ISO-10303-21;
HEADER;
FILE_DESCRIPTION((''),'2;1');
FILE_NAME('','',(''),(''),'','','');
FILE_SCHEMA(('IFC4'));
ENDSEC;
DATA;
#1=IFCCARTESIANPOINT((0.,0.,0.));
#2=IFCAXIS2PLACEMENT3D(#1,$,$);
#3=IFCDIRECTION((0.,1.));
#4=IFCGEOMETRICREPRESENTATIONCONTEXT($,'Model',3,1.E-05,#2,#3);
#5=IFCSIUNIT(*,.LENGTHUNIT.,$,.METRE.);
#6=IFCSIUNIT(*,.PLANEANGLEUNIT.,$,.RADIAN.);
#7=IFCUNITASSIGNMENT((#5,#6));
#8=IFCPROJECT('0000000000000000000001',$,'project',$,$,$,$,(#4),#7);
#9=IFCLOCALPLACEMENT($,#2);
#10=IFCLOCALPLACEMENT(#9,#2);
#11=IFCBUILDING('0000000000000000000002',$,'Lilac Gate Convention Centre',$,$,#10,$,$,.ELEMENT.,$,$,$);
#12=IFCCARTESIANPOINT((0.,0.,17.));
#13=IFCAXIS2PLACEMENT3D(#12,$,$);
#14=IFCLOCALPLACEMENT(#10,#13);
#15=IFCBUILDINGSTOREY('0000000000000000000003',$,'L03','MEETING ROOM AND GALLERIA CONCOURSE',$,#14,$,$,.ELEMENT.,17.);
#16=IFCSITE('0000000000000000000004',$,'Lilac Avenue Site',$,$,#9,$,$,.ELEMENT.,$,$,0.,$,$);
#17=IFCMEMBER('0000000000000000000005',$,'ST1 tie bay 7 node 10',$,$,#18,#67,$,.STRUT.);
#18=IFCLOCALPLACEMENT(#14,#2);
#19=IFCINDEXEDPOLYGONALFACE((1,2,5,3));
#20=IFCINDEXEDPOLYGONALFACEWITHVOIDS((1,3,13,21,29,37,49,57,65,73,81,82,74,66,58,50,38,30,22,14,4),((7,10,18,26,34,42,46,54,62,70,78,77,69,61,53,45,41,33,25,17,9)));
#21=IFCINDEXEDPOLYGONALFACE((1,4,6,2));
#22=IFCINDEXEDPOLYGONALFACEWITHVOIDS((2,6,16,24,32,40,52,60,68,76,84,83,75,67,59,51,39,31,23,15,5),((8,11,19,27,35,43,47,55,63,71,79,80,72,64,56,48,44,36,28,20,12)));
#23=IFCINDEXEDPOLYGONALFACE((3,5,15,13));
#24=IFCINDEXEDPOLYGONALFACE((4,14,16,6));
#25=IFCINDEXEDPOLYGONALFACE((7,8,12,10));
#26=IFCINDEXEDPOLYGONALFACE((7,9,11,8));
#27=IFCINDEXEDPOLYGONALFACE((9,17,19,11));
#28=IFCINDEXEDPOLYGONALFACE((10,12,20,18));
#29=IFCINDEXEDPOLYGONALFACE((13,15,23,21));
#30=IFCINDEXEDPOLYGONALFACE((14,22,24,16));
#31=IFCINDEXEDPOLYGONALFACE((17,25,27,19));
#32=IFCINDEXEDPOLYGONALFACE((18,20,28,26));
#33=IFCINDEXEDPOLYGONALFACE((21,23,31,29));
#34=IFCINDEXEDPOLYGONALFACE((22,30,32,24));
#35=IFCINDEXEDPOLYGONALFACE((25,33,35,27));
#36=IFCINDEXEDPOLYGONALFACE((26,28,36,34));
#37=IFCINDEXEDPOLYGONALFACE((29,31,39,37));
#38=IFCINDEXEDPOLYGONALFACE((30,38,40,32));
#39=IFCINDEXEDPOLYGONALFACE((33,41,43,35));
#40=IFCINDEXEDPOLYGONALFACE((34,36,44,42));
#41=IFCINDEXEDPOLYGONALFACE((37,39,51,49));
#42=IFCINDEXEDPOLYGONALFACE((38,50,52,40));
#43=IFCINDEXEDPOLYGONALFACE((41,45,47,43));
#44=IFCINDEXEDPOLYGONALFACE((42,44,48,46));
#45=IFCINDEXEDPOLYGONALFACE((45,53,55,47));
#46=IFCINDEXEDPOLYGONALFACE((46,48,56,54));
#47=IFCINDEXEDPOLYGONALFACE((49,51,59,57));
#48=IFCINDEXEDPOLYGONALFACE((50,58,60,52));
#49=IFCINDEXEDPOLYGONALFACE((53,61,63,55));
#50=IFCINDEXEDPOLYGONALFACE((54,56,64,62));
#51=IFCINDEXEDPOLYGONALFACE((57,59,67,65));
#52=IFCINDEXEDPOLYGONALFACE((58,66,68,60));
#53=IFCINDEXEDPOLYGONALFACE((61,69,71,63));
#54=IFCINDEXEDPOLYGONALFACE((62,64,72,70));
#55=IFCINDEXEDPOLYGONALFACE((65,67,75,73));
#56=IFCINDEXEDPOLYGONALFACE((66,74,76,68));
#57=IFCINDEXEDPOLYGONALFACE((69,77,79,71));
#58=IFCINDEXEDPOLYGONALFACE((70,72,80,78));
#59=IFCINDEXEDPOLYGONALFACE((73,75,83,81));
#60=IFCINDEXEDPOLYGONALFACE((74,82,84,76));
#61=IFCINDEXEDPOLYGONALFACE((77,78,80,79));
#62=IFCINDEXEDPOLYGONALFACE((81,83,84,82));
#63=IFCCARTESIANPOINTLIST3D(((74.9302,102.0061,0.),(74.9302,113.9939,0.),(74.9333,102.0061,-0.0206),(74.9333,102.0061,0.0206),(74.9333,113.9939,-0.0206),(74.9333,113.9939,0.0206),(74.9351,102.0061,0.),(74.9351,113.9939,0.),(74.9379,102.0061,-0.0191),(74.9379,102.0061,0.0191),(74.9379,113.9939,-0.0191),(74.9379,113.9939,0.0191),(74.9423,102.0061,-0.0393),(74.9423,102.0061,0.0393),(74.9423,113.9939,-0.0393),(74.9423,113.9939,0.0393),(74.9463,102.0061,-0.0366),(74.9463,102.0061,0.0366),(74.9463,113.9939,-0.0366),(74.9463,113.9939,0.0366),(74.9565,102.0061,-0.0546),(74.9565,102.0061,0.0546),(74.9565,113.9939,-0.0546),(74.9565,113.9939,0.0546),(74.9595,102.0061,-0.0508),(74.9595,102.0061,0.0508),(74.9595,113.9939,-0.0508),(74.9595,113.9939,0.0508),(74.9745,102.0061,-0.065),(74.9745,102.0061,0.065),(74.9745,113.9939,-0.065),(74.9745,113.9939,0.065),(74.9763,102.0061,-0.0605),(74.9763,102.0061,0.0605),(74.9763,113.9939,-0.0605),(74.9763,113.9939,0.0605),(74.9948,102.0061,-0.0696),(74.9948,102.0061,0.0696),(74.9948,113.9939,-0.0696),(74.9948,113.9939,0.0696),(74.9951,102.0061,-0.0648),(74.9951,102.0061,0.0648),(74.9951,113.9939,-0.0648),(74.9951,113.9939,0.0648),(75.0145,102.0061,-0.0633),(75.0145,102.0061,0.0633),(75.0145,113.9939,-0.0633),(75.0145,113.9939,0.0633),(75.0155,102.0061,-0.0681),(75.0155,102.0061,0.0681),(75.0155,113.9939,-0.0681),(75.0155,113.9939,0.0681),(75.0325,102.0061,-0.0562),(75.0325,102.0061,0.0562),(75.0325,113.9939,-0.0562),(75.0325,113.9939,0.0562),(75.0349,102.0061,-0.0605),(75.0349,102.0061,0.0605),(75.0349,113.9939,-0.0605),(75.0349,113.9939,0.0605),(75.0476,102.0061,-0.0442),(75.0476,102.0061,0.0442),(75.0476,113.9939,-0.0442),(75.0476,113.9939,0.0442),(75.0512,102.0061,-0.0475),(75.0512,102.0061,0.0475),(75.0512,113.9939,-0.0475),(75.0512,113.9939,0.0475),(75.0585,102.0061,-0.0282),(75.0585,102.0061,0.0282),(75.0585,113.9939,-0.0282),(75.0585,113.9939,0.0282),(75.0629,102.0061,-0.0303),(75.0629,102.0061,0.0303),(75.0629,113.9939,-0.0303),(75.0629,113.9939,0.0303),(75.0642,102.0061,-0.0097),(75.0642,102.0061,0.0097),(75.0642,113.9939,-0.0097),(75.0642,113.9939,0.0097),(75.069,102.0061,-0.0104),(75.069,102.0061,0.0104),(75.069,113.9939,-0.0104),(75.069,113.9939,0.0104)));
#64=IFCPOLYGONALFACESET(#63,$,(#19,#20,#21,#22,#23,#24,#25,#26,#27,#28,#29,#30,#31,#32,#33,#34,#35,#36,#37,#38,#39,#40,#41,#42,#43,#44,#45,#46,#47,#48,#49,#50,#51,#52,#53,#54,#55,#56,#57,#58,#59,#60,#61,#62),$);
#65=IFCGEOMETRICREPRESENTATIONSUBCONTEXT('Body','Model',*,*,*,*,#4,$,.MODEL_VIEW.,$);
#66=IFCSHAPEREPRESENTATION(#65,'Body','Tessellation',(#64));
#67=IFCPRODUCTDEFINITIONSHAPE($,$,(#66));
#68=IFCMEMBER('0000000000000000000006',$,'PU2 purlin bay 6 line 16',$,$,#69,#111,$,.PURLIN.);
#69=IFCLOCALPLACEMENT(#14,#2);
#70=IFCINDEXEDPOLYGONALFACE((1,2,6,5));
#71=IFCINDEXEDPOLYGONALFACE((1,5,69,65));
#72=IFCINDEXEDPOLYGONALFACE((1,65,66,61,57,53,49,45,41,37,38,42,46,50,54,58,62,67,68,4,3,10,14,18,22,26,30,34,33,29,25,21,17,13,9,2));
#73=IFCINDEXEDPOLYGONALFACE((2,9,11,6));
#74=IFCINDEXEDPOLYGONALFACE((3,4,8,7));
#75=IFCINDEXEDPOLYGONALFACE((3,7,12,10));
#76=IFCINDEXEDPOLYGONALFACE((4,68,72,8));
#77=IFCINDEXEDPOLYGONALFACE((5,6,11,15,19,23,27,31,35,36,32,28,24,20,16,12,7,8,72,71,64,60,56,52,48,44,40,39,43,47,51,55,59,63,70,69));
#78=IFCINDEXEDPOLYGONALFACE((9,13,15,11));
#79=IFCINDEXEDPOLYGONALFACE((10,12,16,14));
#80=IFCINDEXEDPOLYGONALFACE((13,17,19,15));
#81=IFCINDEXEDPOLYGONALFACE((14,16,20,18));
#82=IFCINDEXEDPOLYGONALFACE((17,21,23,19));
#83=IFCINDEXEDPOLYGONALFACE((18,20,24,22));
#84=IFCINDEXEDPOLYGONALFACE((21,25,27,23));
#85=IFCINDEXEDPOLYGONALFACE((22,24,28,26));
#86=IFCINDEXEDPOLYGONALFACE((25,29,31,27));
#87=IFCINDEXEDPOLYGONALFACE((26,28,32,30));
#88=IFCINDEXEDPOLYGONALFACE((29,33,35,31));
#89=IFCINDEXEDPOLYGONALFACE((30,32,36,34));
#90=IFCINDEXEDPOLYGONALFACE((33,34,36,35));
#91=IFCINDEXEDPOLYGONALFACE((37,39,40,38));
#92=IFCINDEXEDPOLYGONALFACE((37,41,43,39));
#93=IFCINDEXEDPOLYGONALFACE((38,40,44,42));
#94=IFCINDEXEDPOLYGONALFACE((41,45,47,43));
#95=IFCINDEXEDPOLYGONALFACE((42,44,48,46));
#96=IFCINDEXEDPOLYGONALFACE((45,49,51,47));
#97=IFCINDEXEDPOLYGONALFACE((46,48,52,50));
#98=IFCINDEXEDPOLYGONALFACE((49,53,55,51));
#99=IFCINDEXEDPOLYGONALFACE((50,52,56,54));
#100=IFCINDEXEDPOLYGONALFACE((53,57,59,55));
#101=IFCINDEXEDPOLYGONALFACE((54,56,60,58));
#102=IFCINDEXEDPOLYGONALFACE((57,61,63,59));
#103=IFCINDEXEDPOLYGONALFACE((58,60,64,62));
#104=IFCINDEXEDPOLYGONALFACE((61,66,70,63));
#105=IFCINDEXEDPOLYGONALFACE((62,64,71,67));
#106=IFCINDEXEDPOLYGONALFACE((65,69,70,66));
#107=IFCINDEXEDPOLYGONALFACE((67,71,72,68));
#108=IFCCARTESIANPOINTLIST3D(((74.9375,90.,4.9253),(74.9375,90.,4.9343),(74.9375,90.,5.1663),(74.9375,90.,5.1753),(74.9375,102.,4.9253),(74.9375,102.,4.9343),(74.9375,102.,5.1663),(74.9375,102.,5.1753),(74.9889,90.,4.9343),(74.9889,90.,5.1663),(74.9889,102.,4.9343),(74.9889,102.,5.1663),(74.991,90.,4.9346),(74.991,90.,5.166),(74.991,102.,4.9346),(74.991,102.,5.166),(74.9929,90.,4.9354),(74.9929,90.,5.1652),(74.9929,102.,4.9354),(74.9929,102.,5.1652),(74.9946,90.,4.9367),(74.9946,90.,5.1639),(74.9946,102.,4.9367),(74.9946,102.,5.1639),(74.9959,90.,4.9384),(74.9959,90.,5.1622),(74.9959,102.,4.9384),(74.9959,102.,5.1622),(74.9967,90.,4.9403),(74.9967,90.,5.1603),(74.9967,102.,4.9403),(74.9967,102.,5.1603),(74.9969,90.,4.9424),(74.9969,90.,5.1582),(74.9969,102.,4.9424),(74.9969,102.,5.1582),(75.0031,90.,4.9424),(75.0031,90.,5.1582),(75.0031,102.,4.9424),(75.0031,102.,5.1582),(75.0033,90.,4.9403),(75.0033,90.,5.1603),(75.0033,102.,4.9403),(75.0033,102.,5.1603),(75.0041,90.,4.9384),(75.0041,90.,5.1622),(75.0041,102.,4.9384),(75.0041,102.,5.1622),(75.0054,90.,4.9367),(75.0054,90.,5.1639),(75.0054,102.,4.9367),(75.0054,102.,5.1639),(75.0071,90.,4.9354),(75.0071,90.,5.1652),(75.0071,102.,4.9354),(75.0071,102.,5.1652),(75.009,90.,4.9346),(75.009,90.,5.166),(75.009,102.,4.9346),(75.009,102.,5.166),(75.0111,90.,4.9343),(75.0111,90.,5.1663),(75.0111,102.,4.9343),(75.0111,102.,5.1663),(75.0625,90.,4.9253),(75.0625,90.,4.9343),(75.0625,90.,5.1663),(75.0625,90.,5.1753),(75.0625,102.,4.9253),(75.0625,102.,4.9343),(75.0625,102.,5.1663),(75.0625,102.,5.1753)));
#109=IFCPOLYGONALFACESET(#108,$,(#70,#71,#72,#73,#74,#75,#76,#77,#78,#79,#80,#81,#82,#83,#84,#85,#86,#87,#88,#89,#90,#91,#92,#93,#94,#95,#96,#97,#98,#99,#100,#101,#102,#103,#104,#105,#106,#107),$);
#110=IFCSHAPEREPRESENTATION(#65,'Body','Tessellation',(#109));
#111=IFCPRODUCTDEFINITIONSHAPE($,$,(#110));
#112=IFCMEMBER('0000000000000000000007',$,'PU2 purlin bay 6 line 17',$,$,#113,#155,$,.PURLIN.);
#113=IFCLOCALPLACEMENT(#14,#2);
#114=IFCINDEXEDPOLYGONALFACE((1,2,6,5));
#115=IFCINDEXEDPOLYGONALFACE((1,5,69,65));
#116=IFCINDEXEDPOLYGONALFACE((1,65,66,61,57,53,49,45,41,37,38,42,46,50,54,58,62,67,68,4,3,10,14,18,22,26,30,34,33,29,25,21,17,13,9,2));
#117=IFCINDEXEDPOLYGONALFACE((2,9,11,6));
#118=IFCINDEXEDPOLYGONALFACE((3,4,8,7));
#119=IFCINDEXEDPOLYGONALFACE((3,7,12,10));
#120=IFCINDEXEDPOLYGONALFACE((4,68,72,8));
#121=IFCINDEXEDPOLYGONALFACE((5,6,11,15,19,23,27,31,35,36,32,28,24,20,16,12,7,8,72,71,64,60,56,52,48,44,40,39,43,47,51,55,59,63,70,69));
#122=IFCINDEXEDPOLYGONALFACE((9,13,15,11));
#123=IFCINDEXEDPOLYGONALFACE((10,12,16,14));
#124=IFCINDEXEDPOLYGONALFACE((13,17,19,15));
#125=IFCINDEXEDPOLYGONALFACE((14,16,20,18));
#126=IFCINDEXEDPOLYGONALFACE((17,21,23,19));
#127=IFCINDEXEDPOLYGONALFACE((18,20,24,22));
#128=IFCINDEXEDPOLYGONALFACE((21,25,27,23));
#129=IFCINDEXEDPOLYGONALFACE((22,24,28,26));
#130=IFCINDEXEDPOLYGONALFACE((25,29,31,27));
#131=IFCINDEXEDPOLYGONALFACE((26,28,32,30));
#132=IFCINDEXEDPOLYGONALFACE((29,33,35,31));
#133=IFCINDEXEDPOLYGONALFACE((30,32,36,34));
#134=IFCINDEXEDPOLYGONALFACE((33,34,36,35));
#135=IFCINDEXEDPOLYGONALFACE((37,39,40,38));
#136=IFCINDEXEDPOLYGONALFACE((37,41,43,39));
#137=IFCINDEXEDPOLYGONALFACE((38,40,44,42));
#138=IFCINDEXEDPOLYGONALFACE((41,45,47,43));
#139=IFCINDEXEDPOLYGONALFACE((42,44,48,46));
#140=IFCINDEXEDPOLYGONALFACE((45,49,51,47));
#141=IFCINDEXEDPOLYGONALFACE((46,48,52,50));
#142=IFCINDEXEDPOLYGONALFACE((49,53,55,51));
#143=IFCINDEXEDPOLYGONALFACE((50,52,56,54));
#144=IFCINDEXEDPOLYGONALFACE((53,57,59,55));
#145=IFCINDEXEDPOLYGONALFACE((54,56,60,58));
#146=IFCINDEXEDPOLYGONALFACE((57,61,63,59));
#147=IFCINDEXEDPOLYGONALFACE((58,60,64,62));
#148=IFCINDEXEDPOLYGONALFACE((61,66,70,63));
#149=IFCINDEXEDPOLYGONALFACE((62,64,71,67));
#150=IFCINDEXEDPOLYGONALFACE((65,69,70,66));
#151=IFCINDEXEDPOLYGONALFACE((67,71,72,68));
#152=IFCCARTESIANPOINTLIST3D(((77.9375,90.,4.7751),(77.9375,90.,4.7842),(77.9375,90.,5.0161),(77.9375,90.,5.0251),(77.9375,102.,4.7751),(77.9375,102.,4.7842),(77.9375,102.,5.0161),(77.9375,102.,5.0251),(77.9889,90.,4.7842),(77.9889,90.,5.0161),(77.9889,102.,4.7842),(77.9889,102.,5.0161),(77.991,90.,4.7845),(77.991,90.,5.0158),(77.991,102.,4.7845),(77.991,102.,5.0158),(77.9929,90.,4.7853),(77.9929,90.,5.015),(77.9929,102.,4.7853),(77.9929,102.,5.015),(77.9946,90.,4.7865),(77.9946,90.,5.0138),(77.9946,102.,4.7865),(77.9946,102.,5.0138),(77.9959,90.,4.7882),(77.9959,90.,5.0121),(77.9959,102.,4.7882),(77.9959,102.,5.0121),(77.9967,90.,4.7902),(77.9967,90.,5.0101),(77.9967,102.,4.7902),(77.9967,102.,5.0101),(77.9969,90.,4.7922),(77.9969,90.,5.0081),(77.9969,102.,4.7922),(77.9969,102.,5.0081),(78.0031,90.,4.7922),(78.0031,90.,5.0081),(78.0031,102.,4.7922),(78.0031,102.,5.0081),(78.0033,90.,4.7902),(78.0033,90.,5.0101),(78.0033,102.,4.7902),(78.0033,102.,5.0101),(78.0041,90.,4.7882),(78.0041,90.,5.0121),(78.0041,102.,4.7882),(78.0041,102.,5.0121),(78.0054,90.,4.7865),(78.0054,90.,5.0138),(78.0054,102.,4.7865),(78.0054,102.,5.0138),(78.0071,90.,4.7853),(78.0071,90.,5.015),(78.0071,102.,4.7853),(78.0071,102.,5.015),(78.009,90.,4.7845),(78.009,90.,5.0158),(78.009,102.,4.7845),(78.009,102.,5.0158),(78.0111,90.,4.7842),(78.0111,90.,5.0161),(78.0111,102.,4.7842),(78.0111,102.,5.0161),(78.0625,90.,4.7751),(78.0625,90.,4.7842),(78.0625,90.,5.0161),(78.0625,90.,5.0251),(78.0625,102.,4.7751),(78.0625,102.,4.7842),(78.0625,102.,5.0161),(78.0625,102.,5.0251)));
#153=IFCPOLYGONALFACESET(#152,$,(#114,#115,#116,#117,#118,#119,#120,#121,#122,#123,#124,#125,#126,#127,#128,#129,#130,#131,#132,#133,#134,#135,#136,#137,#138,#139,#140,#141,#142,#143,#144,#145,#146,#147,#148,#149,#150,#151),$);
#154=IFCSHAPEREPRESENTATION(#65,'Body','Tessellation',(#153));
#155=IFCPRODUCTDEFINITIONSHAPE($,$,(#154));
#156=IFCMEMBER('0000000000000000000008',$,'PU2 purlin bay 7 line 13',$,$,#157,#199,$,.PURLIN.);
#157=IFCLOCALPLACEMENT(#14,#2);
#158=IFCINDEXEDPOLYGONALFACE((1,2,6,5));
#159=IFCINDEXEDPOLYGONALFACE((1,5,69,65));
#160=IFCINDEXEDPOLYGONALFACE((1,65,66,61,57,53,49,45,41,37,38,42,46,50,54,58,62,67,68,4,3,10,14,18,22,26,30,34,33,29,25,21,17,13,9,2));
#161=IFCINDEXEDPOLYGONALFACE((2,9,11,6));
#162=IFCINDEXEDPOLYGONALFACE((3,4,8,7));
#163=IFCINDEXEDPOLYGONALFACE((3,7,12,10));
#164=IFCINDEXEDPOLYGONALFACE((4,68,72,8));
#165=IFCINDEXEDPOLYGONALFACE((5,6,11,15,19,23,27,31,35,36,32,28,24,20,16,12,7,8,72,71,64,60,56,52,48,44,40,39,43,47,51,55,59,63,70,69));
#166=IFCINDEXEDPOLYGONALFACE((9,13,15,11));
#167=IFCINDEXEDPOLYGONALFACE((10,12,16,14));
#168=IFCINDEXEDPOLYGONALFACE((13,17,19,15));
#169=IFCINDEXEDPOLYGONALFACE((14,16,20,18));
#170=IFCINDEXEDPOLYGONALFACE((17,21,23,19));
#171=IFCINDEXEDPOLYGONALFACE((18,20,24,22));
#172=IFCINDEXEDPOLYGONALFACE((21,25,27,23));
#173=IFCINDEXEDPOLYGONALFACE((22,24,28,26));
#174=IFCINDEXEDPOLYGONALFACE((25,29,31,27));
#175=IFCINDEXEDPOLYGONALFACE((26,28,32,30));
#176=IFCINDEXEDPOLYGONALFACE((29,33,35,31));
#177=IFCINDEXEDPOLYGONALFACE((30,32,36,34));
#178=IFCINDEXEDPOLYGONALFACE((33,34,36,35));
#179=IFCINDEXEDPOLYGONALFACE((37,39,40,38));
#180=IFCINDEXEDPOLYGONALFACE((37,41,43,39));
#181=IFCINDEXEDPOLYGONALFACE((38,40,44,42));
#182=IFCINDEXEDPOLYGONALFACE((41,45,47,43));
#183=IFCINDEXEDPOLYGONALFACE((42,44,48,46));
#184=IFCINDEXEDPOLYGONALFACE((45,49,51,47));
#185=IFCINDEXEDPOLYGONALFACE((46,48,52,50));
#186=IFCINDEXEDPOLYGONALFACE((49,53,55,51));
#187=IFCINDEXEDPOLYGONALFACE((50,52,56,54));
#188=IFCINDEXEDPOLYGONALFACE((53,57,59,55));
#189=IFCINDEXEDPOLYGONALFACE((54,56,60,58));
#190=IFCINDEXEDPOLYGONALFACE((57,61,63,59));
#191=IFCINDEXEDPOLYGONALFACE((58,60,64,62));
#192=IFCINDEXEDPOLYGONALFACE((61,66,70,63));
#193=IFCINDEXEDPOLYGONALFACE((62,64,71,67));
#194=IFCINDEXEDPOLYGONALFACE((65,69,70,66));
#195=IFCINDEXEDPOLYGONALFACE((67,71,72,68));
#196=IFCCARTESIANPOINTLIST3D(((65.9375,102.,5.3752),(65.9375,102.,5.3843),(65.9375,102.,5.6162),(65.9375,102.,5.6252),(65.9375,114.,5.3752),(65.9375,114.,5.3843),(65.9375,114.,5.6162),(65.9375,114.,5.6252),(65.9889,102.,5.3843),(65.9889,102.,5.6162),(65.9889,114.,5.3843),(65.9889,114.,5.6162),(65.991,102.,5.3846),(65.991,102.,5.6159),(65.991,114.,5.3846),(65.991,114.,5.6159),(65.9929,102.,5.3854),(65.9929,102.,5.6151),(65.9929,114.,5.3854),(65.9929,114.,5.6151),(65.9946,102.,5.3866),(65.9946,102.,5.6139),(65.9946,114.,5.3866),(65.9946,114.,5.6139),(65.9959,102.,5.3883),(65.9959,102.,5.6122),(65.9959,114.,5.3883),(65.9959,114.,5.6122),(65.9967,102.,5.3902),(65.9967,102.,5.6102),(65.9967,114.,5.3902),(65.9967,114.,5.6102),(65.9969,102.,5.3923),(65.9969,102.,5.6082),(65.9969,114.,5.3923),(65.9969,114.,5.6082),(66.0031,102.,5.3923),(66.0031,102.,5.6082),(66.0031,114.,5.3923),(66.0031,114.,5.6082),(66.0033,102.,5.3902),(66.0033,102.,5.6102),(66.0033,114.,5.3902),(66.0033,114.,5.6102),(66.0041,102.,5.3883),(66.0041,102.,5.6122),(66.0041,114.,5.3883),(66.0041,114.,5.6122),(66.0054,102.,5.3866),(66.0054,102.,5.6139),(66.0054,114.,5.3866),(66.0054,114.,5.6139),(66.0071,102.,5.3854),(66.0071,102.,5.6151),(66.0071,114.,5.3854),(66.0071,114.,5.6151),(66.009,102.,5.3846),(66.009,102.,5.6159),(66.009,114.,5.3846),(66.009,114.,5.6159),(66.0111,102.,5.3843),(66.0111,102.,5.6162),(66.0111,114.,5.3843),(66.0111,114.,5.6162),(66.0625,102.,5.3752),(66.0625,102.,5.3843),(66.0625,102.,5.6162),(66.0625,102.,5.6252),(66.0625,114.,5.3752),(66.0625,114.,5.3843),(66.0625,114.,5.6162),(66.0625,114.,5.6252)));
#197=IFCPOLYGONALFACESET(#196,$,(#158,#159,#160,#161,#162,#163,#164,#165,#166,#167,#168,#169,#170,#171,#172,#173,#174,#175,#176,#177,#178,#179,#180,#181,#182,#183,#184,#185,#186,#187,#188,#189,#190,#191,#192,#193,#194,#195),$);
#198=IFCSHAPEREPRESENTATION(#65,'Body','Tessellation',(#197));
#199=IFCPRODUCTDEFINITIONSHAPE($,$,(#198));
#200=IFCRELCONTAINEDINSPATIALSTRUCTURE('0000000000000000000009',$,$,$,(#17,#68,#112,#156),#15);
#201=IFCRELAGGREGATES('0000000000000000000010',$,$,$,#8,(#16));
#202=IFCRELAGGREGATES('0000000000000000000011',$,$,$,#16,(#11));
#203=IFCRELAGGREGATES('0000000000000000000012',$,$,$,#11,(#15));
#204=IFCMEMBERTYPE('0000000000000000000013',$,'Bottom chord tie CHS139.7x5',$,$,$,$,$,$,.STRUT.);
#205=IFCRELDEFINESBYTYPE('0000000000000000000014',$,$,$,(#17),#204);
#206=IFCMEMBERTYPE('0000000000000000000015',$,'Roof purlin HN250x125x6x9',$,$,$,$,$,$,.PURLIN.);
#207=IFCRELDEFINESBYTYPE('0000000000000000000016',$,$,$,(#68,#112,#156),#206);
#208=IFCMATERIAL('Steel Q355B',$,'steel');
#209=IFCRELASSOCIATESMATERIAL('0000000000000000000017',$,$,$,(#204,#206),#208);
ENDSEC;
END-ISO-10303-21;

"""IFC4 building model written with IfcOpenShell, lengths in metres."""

from ifc_helpers import new_model, si_unit, direction, frame, origin, origin_2d, place, context, subcontext, project, spatial, hollow_circle, i_section, extrude, material, material_profile, profile_set, type_object, element, save


model = new_model("IFC4")

# Units and contexts
model_context = context("Model", 3, precision=1e-05, world=origin(), true_north=direction((0.0, 1.0)))
body_context = subcontext(model_context, "Body", "Model", "MODEL_VIEW")
ifc_project = project(units=[si_unit("LENGTHUNIT", "METRE"), si_unit("PLANEANGLEUNIT", "RADIAN")], contexts=[model_context])

# Site, building, storey
site_placement = place(None, origin())
site = spatial("IfcSite", under=ifc_project, at=site_placement, Name="Lilac Avenue Site", CompositionType="ELEMENT", RefElevation=0.0)
building_placement = place(site_placement, origin())
building = spatial("IfcBuilding", under=site, at=building_placement, Name="Lilac Gate Convention Centre", CompositionType="ELEMENT")
storey_placement = place(building_placement, frame((0.0, 0.0, 17.0)))
storey = spatial("IfcBuildingStorey", under=building, at=storey_placement, Name="L03", Description="MEETING ROOM AND GALLERIA CONCOURSE", CompositionType="ELEMENT", Elevation=17.0)

# Members
ifc_material = material(Name="Steel Q355B", Category="steel")
ifc_material_profile_1 = material_profile(ifc_material, hollow_circle(Radius=0.0698, WallThickness=0.0049, at=origin_2d()), Name="CHS139.7x5")
ifc_profile_set_1 = profile_set([ifc_material_profile_1], Name="Steel Q355B")
member_type_1 = type_object("IfcMemberType", Name="Bottom chord tie CHS139.7x5", PredefinedType="STRUT", material=ifc_profile_set_1)
for number, where, z_axis, x_axis, name in (
    (1, (75.0, 102.0061, 0.0), (0.0, 1.0, 0.0), (-1.0, 0.0, 0.0), "ST1 tie bay 7 node 10"),
):
    element("IfcMember", number, at=place(storey_placement, frame(where, z_axis=z_axis, x_axis=x_axis)), inside=storey, type_object=member_type_1, Name=name, PredefinedType="STRUT", context=body_context, shape_type="SweptSolid", body=[
        extrude(hollow_circle(Radius=0.0698, WallThickness=0.0049, at=origin_2d()), origin(), (0.0, 0.0, 1.0), 11.9878),
    ])
ifc_material_profile_2 = material_profile(ifc_material, i_section(OverallWidth=0.125, OverallDepth=0.25, WebThickness=0.0061, FlangeThickness=0.009, FilletRadius=0.0081, at=origin_2d()), Name="HN250x125x6x9")
ifc_profile_set_2 = profile_set([ifc_material_profile_2], Name="Steel Q355B")
member_type_2 = type_object("IfcMemberType", Name="Roof purlin HN250x125x6x9", PredefinedType="PURLIN", material=ifc_profile_set_2)
for number, where, z_axis, x_axis, name in (
    (2, (75.0, 90.0, 5.0503), (0.0, 1.0, 0.0), (-1.0, 0.0, 0.0), "PU2 purlin bay 6 line 16"),
    (3, (78.0, 90.0, 4.9001), (0.0, 1.0, 0.0), (-1.0, 0.0, 0.0), "PU2 purlin bay 6 line 17"),
    (4, (66.0, 102.0, 5.5002), (0.0, 1.0, 0.0), (-1.0, 0.0, 0.0), "PU2 purlin bay 7 line 13"),
):
    element("IfcMember", number, at=place(storey_placement, frame(where, z_axis=z_axis, x_axis=x_axis)), inside=storey, type_object=member_type_2, Name=name, PredefinedType="PURLIN", context=body_context, shape_type="SweptSolid", body=[
        extrude(i_section(OverallWidth=0.125, OverallDepth=0.25, WebThickness=0.0061, FlangeThickness=0.009, FilletRadius=0.0081, at=origin_2d()), origin(), (0.0, 0.0, 1.0), 12.0),
    ])

save(model, "model.ifc")
